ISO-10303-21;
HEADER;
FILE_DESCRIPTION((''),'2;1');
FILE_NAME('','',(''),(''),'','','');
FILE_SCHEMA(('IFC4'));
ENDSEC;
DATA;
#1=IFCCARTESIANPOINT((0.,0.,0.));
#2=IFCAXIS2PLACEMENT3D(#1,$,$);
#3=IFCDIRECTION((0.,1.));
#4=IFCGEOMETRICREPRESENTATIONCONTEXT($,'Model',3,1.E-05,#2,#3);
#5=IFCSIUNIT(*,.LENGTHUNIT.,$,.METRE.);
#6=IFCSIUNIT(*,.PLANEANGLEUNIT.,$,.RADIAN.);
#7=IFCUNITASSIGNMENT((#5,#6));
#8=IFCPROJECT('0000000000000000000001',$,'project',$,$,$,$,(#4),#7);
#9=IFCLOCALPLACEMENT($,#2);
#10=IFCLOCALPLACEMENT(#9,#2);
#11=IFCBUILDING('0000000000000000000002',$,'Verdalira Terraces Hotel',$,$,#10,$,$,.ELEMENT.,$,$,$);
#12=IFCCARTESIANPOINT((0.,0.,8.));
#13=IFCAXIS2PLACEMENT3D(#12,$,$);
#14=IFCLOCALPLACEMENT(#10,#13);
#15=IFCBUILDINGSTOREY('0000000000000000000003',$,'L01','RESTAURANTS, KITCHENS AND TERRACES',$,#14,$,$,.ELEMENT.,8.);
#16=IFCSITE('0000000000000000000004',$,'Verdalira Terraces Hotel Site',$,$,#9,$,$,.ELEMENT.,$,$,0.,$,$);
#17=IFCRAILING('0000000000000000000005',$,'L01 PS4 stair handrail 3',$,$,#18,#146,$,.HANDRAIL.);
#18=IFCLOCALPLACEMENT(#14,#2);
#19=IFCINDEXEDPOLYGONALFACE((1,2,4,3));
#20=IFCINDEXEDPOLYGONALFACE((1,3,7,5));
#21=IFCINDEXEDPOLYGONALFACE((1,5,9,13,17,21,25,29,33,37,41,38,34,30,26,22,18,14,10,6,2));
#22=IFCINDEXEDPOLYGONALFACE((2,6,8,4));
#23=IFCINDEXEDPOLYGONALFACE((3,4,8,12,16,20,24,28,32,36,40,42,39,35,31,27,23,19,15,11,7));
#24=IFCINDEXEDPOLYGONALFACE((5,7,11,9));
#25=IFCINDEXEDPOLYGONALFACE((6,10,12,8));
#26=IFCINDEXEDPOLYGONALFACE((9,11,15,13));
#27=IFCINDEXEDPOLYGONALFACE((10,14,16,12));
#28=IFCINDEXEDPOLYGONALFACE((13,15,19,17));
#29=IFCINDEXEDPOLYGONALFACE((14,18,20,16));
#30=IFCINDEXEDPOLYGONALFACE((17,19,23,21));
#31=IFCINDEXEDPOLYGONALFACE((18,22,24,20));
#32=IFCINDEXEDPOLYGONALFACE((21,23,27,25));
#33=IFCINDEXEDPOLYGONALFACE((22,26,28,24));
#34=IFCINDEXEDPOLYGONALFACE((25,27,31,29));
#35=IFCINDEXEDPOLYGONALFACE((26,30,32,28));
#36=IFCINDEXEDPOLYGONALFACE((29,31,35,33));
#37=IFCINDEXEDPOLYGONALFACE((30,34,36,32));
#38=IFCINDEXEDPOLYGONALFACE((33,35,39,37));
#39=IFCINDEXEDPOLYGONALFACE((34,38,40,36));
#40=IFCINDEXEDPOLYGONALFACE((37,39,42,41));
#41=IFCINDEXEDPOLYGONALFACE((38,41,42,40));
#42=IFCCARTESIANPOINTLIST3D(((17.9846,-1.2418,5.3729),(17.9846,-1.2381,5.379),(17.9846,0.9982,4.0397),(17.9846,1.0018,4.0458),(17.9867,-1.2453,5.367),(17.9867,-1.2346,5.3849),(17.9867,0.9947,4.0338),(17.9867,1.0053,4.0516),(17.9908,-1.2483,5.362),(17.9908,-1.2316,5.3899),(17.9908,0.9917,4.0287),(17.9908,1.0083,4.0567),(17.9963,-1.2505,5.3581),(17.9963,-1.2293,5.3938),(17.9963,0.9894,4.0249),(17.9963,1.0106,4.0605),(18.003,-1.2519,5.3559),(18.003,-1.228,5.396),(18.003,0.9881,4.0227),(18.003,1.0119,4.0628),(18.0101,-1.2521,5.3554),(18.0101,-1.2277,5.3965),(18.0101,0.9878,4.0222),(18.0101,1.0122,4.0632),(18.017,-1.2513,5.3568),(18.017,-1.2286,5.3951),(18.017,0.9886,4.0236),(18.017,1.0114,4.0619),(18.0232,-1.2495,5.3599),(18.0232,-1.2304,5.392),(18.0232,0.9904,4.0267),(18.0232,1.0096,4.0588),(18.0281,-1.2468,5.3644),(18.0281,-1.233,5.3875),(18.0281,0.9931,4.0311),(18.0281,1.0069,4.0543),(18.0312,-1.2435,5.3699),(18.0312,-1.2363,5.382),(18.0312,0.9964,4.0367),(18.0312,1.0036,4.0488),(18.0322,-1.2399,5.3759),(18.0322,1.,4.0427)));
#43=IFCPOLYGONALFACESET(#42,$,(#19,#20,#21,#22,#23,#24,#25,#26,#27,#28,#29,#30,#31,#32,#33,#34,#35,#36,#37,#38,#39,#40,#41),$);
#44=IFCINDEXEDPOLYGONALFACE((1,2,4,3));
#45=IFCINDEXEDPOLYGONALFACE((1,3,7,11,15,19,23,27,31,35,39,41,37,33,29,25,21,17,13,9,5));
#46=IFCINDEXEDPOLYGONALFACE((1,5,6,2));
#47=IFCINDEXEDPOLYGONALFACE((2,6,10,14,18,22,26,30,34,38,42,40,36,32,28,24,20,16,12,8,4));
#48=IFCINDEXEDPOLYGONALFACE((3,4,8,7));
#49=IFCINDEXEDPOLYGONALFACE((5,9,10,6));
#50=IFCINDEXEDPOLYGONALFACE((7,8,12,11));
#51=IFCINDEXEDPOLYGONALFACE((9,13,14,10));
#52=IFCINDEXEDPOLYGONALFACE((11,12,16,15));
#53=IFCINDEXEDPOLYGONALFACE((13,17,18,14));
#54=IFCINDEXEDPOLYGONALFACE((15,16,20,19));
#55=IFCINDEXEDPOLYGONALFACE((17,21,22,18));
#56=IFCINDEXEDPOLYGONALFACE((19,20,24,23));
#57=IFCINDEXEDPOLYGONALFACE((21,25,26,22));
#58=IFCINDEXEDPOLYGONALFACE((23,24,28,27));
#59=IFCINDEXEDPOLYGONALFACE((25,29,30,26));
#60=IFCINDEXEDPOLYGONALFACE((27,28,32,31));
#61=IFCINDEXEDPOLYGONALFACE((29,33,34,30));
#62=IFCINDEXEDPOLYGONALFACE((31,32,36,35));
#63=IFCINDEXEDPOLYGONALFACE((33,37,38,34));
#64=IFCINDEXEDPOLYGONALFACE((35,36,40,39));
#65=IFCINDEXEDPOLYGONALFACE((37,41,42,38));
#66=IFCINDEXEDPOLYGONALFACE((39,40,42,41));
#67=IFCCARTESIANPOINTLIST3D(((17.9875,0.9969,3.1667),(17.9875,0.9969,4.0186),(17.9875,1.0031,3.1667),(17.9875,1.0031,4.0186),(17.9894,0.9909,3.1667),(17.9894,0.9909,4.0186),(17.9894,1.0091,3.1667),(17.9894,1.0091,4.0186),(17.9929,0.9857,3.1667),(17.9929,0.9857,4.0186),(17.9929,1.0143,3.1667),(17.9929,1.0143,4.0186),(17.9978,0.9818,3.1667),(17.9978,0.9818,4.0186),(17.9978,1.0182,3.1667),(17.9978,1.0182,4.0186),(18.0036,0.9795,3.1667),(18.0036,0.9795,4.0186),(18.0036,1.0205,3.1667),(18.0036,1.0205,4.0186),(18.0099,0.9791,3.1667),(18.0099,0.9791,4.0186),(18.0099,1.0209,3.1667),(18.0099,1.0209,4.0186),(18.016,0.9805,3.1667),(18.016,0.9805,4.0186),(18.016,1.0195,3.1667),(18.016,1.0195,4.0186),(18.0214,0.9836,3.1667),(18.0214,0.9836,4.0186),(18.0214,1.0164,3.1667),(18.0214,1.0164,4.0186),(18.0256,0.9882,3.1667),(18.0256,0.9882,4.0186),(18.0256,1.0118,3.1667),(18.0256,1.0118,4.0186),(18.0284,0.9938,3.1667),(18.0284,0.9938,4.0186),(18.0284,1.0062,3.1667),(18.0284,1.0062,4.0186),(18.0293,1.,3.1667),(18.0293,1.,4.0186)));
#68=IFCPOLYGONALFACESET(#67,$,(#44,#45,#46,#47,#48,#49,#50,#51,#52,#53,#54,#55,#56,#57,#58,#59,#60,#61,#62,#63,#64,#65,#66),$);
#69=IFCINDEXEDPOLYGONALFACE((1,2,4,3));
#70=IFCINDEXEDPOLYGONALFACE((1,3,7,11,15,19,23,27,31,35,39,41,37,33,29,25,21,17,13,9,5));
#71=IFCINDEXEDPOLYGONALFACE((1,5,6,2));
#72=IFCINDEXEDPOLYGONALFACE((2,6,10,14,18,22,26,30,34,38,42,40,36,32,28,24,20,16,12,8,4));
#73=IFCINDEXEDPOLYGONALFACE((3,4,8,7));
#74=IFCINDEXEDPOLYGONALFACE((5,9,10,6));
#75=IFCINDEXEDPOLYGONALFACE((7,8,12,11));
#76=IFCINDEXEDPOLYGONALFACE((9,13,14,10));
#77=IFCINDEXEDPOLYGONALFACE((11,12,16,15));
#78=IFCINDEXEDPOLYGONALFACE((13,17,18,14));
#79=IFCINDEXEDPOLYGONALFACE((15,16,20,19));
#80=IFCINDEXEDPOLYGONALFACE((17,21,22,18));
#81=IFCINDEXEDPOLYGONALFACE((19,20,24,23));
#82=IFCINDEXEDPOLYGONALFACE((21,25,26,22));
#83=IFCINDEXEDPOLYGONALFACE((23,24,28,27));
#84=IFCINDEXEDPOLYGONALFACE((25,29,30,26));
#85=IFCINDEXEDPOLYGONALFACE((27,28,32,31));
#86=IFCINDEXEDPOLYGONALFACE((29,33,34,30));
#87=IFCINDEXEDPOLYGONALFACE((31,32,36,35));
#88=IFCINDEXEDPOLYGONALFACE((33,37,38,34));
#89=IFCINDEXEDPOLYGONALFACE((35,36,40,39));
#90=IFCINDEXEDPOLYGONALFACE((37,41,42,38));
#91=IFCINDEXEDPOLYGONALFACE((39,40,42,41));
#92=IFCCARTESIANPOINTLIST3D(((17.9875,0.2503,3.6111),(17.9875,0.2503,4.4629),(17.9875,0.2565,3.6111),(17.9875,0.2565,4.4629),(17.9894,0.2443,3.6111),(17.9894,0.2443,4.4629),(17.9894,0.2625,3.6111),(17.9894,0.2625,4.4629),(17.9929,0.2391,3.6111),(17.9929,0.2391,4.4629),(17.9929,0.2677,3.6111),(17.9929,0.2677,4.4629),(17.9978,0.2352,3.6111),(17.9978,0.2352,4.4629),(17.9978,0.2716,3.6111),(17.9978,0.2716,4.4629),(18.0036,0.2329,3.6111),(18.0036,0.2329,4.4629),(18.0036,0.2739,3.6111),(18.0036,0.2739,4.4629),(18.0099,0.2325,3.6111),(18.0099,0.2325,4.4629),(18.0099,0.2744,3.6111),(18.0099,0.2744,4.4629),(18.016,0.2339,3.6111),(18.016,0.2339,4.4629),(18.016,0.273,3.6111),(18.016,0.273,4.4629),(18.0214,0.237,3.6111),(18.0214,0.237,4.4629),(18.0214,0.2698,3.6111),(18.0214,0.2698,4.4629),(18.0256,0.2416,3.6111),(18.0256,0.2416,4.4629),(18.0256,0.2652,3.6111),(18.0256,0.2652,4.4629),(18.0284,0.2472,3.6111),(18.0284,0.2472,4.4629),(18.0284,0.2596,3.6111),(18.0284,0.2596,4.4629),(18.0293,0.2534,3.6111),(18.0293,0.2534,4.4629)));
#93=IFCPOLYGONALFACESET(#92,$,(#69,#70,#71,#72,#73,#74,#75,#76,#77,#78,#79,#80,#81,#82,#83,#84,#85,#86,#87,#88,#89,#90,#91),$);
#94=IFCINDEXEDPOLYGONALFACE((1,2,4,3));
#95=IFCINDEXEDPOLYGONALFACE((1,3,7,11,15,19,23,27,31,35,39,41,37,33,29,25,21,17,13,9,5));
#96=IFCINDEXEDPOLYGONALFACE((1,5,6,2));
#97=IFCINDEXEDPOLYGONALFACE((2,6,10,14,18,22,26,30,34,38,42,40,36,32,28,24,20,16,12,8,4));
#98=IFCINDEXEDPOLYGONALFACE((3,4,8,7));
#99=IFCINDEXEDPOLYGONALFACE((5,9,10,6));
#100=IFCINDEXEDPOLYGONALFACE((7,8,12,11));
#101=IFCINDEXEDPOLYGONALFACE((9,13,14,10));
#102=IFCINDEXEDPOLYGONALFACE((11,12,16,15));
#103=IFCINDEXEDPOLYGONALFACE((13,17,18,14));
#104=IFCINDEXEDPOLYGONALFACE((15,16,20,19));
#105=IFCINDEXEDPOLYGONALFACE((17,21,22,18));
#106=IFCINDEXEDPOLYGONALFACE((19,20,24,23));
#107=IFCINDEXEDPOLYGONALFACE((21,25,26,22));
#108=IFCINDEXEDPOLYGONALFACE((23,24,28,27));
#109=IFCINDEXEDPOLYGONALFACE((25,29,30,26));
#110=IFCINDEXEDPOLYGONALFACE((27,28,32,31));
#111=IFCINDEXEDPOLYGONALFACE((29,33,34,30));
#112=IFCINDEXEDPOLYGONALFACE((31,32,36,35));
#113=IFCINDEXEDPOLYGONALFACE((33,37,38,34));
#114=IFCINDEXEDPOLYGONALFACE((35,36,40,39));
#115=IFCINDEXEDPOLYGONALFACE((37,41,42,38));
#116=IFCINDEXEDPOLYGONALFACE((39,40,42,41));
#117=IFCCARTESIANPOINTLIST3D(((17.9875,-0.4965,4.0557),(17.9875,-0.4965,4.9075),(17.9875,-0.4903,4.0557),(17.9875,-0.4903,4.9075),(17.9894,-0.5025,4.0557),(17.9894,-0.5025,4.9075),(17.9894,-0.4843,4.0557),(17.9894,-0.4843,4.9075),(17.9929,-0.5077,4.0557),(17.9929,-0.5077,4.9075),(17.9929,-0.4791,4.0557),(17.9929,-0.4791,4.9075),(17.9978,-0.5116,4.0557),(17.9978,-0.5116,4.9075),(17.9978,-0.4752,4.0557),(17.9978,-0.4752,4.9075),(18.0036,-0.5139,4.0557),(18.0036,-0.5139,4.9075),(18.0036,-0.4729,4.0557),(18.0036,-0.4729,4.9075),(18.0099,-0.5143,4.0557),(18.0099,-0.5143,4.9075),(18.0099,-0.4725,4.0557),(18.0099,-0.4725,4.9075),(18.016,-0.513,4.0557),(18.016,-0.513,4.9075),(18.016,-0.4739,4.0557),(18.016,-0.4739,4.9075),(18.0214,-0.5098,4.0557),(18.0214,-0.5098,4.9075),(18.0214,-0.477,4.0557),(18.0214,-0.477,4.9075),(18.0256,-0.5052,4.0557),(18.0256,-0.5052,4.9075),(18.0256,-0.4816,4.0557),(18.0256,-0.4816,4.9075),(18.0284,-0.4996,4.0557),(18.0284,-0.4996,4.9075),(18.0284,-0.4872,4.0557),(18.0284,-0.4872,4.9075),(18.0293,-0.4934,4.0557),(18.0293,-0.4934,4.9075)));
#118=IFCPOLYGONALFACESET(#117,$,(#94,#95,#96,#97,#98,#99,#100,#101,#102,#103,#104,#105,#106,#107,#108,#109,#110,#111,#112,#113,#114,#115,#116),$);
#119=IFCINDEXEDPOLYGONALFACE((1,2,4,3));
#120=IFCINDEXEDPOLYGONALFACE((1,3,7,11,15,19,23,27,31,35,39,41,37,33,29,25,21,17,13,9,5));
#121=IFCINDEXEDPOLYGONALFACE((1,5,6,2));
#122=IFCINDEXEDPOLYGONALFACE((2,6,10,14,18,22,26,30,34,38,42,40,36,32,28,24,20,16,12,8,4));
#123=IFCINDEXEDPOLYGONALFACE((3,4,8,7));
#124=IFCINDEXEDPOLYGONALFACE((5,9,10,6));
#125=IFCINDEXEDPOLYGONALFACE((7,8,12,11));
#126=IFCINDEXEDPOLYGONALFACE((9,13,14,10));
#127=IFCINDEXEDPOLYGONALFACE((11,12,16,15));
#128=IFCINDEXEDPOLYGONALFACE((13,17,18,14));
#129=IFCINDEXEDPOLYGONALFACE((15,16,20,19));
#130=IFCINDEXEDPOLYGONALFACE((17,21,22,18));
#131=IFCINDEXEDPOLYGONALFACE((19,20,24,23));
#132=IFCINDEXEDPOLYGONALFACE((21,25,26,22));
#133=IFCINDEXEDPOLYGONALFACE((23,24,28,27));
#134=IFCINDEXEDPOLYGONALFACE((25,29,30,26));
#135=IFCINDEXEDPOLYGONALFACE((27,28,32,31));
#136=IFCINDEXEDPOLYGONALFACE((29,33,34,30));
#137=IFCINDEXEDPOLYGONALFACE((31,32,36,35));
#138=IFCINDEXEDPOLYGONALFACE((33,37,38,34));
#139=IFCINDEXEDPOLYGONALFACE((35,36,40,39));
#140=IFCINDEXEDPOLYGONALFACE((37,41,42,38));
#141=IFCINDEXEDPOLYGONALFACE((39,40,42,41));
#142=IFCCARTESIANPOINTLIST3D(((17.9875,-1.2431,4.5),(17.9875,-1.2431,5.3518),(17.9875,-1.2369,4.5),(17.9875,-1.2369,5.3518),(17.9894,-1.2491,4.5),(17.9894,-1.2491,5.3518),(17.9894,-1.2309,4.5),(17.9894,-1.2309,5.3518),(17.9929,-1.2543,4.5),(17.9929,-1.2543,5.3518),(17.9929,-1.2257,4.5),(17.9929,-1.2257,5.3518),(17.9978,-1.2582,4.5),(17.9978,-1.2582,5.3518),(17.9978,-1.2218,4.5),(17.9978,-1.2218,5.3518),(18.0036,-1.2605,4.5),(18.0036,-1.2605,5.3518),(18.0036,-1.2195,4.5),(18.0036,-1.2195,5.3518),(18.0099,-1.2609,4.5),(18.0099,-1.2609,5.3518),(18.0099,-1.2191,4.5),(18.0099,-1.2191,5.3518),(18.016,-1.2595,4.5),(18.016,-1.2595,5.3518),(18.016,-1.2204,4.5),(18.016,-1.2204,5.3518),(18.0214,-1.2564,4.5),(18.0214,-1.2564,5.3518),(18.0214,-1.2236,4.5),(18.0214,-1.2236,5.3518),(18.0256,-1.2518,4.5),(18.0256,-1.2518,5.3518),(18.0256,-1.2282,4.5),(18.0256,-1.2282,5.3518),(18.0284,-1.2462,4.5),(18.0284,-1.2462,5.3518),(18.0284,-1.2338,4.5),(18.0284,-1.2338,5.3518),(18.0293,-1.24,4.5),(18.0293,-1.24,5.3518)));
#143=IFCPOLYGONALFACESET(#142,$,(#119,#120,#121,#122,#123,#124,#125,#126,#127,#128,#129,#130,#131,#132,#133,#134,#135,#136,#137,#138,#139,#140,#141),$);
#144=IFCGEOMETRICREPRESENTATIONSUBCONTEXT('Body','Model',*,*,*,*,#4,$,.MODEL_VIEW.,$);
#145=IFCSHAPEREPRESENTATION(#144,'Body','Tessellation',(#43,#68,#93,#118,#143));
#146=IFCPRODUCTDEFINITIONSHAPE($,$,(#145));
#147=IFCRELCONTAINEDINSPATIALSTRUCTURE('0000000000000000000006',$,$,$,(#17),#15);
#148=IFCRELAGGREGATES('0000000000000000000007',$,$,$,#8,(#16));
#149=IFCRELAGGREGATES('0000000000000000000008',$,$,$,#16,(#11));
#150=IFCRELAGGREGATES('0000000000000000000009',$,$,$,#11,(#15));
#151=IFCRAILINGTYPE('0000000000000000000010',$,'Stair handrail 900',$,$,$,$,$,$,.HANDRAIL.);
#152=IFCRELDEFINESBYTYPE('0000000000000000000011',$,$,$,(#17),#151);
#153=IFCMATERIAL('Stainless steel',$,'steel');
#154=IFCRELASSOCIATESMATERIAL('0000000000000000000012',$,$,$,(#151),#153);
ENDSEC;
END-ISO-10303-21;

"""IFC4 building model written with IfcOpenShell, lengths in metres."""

from ifc_helpers import new_model, si_unit, direction, frame, origin, origin_2d, place, context, subcontext, project, spatial, circle, extrude, material, type_object, element, save


model = new_model("IFC4")

# Units and contexts
model_context = context("Model", 3, precision=1e-05, world=origin(), true_north=direction((0.0, 1.0)))
body_context = subcontext(model_context, "Body", "Model", "MODEL_VIEW")
ifc_project = project(units=[si_unit("LENGTHUNIT", "METRE"), si_unit("PLANEANGLEUNIT", "RADIAN")], contexts=[model_context])

# Site, building, storey
site_placement = place(None, origin())
site = spatial("IfcSite", under=ifc_project, at=site_placement, Name="Verdalira Terraces Hotel Site", CompositionType="ELEMENT", RefElevation=0.0)
building_placement = place(site_placement, origin())
building = spatial("IfcBuilding", under=site, at=building_placement, Name="Verdalira Terraces Hotel", CompositionType="ELEMENT")
storey_placement = place(building_placement, frame((0.0, 0.0, 8.0)))
storey = spatial("IfcBuildingStorey", under=building, at=storey_placement, Name="L01", Description="RESTAURANTS, KITCHENS AND TERRACES", CompositionType="ELEMENT", Elevation=8.0)

# Railing
ifc_material_1 = material(Name="Stainless steel", Category="steel")
railing_type_1 = type_object("IfcRailingType", Name="Stair handrail 900", PredefinedType="HANDRAIL", material=ifc_material_1)
for number, where, name in (
    (1, (18.0083, 1.0, 3.1667), "L01 PS4 stair handrail 3"),
):
    element("IfcRailing", number, at=place(storey_placement, frame(where)), inside=storey, type_object=railing_type_1, Name=name, PredefinedType="HANDRAIL", context=body_context, shape_type="SweptSolid", body=[
        extrude(circle(Radius=0.0239, at=origin_2d()), frame((0.0, 0.0, 0.876), z_axis=(0.0, -0.859306, 0.511462), x_axis=(1.0, 0.0, 0.0)), (0.0, 0.0, 1.0), 2.6067),
        extrude(circle(Radius=0.021, at=origin_2d()), origin(), (0.0, 0.0, 1.0), 0.8518),
        extrude(circle(Radius=0.021, at=origin_2d()), frame((0.0, -0.7466, 0.4443)), (0.0, 0.0, 1.0), 0.8518),
        extrude(circle(Radius=0.021, at=origin_2d()), frame((0.0, -1.4934, 0.8889)), (0.0, 0.0, 1.0), 0.8518),
        extrude(circle(Radius=0.021, at=origin_2d()), frame((0.0, -2.24, 1.3333)), (0.0, 0.0, 1.0), 0.8518),
    ])

save(model, "model.ifc")
